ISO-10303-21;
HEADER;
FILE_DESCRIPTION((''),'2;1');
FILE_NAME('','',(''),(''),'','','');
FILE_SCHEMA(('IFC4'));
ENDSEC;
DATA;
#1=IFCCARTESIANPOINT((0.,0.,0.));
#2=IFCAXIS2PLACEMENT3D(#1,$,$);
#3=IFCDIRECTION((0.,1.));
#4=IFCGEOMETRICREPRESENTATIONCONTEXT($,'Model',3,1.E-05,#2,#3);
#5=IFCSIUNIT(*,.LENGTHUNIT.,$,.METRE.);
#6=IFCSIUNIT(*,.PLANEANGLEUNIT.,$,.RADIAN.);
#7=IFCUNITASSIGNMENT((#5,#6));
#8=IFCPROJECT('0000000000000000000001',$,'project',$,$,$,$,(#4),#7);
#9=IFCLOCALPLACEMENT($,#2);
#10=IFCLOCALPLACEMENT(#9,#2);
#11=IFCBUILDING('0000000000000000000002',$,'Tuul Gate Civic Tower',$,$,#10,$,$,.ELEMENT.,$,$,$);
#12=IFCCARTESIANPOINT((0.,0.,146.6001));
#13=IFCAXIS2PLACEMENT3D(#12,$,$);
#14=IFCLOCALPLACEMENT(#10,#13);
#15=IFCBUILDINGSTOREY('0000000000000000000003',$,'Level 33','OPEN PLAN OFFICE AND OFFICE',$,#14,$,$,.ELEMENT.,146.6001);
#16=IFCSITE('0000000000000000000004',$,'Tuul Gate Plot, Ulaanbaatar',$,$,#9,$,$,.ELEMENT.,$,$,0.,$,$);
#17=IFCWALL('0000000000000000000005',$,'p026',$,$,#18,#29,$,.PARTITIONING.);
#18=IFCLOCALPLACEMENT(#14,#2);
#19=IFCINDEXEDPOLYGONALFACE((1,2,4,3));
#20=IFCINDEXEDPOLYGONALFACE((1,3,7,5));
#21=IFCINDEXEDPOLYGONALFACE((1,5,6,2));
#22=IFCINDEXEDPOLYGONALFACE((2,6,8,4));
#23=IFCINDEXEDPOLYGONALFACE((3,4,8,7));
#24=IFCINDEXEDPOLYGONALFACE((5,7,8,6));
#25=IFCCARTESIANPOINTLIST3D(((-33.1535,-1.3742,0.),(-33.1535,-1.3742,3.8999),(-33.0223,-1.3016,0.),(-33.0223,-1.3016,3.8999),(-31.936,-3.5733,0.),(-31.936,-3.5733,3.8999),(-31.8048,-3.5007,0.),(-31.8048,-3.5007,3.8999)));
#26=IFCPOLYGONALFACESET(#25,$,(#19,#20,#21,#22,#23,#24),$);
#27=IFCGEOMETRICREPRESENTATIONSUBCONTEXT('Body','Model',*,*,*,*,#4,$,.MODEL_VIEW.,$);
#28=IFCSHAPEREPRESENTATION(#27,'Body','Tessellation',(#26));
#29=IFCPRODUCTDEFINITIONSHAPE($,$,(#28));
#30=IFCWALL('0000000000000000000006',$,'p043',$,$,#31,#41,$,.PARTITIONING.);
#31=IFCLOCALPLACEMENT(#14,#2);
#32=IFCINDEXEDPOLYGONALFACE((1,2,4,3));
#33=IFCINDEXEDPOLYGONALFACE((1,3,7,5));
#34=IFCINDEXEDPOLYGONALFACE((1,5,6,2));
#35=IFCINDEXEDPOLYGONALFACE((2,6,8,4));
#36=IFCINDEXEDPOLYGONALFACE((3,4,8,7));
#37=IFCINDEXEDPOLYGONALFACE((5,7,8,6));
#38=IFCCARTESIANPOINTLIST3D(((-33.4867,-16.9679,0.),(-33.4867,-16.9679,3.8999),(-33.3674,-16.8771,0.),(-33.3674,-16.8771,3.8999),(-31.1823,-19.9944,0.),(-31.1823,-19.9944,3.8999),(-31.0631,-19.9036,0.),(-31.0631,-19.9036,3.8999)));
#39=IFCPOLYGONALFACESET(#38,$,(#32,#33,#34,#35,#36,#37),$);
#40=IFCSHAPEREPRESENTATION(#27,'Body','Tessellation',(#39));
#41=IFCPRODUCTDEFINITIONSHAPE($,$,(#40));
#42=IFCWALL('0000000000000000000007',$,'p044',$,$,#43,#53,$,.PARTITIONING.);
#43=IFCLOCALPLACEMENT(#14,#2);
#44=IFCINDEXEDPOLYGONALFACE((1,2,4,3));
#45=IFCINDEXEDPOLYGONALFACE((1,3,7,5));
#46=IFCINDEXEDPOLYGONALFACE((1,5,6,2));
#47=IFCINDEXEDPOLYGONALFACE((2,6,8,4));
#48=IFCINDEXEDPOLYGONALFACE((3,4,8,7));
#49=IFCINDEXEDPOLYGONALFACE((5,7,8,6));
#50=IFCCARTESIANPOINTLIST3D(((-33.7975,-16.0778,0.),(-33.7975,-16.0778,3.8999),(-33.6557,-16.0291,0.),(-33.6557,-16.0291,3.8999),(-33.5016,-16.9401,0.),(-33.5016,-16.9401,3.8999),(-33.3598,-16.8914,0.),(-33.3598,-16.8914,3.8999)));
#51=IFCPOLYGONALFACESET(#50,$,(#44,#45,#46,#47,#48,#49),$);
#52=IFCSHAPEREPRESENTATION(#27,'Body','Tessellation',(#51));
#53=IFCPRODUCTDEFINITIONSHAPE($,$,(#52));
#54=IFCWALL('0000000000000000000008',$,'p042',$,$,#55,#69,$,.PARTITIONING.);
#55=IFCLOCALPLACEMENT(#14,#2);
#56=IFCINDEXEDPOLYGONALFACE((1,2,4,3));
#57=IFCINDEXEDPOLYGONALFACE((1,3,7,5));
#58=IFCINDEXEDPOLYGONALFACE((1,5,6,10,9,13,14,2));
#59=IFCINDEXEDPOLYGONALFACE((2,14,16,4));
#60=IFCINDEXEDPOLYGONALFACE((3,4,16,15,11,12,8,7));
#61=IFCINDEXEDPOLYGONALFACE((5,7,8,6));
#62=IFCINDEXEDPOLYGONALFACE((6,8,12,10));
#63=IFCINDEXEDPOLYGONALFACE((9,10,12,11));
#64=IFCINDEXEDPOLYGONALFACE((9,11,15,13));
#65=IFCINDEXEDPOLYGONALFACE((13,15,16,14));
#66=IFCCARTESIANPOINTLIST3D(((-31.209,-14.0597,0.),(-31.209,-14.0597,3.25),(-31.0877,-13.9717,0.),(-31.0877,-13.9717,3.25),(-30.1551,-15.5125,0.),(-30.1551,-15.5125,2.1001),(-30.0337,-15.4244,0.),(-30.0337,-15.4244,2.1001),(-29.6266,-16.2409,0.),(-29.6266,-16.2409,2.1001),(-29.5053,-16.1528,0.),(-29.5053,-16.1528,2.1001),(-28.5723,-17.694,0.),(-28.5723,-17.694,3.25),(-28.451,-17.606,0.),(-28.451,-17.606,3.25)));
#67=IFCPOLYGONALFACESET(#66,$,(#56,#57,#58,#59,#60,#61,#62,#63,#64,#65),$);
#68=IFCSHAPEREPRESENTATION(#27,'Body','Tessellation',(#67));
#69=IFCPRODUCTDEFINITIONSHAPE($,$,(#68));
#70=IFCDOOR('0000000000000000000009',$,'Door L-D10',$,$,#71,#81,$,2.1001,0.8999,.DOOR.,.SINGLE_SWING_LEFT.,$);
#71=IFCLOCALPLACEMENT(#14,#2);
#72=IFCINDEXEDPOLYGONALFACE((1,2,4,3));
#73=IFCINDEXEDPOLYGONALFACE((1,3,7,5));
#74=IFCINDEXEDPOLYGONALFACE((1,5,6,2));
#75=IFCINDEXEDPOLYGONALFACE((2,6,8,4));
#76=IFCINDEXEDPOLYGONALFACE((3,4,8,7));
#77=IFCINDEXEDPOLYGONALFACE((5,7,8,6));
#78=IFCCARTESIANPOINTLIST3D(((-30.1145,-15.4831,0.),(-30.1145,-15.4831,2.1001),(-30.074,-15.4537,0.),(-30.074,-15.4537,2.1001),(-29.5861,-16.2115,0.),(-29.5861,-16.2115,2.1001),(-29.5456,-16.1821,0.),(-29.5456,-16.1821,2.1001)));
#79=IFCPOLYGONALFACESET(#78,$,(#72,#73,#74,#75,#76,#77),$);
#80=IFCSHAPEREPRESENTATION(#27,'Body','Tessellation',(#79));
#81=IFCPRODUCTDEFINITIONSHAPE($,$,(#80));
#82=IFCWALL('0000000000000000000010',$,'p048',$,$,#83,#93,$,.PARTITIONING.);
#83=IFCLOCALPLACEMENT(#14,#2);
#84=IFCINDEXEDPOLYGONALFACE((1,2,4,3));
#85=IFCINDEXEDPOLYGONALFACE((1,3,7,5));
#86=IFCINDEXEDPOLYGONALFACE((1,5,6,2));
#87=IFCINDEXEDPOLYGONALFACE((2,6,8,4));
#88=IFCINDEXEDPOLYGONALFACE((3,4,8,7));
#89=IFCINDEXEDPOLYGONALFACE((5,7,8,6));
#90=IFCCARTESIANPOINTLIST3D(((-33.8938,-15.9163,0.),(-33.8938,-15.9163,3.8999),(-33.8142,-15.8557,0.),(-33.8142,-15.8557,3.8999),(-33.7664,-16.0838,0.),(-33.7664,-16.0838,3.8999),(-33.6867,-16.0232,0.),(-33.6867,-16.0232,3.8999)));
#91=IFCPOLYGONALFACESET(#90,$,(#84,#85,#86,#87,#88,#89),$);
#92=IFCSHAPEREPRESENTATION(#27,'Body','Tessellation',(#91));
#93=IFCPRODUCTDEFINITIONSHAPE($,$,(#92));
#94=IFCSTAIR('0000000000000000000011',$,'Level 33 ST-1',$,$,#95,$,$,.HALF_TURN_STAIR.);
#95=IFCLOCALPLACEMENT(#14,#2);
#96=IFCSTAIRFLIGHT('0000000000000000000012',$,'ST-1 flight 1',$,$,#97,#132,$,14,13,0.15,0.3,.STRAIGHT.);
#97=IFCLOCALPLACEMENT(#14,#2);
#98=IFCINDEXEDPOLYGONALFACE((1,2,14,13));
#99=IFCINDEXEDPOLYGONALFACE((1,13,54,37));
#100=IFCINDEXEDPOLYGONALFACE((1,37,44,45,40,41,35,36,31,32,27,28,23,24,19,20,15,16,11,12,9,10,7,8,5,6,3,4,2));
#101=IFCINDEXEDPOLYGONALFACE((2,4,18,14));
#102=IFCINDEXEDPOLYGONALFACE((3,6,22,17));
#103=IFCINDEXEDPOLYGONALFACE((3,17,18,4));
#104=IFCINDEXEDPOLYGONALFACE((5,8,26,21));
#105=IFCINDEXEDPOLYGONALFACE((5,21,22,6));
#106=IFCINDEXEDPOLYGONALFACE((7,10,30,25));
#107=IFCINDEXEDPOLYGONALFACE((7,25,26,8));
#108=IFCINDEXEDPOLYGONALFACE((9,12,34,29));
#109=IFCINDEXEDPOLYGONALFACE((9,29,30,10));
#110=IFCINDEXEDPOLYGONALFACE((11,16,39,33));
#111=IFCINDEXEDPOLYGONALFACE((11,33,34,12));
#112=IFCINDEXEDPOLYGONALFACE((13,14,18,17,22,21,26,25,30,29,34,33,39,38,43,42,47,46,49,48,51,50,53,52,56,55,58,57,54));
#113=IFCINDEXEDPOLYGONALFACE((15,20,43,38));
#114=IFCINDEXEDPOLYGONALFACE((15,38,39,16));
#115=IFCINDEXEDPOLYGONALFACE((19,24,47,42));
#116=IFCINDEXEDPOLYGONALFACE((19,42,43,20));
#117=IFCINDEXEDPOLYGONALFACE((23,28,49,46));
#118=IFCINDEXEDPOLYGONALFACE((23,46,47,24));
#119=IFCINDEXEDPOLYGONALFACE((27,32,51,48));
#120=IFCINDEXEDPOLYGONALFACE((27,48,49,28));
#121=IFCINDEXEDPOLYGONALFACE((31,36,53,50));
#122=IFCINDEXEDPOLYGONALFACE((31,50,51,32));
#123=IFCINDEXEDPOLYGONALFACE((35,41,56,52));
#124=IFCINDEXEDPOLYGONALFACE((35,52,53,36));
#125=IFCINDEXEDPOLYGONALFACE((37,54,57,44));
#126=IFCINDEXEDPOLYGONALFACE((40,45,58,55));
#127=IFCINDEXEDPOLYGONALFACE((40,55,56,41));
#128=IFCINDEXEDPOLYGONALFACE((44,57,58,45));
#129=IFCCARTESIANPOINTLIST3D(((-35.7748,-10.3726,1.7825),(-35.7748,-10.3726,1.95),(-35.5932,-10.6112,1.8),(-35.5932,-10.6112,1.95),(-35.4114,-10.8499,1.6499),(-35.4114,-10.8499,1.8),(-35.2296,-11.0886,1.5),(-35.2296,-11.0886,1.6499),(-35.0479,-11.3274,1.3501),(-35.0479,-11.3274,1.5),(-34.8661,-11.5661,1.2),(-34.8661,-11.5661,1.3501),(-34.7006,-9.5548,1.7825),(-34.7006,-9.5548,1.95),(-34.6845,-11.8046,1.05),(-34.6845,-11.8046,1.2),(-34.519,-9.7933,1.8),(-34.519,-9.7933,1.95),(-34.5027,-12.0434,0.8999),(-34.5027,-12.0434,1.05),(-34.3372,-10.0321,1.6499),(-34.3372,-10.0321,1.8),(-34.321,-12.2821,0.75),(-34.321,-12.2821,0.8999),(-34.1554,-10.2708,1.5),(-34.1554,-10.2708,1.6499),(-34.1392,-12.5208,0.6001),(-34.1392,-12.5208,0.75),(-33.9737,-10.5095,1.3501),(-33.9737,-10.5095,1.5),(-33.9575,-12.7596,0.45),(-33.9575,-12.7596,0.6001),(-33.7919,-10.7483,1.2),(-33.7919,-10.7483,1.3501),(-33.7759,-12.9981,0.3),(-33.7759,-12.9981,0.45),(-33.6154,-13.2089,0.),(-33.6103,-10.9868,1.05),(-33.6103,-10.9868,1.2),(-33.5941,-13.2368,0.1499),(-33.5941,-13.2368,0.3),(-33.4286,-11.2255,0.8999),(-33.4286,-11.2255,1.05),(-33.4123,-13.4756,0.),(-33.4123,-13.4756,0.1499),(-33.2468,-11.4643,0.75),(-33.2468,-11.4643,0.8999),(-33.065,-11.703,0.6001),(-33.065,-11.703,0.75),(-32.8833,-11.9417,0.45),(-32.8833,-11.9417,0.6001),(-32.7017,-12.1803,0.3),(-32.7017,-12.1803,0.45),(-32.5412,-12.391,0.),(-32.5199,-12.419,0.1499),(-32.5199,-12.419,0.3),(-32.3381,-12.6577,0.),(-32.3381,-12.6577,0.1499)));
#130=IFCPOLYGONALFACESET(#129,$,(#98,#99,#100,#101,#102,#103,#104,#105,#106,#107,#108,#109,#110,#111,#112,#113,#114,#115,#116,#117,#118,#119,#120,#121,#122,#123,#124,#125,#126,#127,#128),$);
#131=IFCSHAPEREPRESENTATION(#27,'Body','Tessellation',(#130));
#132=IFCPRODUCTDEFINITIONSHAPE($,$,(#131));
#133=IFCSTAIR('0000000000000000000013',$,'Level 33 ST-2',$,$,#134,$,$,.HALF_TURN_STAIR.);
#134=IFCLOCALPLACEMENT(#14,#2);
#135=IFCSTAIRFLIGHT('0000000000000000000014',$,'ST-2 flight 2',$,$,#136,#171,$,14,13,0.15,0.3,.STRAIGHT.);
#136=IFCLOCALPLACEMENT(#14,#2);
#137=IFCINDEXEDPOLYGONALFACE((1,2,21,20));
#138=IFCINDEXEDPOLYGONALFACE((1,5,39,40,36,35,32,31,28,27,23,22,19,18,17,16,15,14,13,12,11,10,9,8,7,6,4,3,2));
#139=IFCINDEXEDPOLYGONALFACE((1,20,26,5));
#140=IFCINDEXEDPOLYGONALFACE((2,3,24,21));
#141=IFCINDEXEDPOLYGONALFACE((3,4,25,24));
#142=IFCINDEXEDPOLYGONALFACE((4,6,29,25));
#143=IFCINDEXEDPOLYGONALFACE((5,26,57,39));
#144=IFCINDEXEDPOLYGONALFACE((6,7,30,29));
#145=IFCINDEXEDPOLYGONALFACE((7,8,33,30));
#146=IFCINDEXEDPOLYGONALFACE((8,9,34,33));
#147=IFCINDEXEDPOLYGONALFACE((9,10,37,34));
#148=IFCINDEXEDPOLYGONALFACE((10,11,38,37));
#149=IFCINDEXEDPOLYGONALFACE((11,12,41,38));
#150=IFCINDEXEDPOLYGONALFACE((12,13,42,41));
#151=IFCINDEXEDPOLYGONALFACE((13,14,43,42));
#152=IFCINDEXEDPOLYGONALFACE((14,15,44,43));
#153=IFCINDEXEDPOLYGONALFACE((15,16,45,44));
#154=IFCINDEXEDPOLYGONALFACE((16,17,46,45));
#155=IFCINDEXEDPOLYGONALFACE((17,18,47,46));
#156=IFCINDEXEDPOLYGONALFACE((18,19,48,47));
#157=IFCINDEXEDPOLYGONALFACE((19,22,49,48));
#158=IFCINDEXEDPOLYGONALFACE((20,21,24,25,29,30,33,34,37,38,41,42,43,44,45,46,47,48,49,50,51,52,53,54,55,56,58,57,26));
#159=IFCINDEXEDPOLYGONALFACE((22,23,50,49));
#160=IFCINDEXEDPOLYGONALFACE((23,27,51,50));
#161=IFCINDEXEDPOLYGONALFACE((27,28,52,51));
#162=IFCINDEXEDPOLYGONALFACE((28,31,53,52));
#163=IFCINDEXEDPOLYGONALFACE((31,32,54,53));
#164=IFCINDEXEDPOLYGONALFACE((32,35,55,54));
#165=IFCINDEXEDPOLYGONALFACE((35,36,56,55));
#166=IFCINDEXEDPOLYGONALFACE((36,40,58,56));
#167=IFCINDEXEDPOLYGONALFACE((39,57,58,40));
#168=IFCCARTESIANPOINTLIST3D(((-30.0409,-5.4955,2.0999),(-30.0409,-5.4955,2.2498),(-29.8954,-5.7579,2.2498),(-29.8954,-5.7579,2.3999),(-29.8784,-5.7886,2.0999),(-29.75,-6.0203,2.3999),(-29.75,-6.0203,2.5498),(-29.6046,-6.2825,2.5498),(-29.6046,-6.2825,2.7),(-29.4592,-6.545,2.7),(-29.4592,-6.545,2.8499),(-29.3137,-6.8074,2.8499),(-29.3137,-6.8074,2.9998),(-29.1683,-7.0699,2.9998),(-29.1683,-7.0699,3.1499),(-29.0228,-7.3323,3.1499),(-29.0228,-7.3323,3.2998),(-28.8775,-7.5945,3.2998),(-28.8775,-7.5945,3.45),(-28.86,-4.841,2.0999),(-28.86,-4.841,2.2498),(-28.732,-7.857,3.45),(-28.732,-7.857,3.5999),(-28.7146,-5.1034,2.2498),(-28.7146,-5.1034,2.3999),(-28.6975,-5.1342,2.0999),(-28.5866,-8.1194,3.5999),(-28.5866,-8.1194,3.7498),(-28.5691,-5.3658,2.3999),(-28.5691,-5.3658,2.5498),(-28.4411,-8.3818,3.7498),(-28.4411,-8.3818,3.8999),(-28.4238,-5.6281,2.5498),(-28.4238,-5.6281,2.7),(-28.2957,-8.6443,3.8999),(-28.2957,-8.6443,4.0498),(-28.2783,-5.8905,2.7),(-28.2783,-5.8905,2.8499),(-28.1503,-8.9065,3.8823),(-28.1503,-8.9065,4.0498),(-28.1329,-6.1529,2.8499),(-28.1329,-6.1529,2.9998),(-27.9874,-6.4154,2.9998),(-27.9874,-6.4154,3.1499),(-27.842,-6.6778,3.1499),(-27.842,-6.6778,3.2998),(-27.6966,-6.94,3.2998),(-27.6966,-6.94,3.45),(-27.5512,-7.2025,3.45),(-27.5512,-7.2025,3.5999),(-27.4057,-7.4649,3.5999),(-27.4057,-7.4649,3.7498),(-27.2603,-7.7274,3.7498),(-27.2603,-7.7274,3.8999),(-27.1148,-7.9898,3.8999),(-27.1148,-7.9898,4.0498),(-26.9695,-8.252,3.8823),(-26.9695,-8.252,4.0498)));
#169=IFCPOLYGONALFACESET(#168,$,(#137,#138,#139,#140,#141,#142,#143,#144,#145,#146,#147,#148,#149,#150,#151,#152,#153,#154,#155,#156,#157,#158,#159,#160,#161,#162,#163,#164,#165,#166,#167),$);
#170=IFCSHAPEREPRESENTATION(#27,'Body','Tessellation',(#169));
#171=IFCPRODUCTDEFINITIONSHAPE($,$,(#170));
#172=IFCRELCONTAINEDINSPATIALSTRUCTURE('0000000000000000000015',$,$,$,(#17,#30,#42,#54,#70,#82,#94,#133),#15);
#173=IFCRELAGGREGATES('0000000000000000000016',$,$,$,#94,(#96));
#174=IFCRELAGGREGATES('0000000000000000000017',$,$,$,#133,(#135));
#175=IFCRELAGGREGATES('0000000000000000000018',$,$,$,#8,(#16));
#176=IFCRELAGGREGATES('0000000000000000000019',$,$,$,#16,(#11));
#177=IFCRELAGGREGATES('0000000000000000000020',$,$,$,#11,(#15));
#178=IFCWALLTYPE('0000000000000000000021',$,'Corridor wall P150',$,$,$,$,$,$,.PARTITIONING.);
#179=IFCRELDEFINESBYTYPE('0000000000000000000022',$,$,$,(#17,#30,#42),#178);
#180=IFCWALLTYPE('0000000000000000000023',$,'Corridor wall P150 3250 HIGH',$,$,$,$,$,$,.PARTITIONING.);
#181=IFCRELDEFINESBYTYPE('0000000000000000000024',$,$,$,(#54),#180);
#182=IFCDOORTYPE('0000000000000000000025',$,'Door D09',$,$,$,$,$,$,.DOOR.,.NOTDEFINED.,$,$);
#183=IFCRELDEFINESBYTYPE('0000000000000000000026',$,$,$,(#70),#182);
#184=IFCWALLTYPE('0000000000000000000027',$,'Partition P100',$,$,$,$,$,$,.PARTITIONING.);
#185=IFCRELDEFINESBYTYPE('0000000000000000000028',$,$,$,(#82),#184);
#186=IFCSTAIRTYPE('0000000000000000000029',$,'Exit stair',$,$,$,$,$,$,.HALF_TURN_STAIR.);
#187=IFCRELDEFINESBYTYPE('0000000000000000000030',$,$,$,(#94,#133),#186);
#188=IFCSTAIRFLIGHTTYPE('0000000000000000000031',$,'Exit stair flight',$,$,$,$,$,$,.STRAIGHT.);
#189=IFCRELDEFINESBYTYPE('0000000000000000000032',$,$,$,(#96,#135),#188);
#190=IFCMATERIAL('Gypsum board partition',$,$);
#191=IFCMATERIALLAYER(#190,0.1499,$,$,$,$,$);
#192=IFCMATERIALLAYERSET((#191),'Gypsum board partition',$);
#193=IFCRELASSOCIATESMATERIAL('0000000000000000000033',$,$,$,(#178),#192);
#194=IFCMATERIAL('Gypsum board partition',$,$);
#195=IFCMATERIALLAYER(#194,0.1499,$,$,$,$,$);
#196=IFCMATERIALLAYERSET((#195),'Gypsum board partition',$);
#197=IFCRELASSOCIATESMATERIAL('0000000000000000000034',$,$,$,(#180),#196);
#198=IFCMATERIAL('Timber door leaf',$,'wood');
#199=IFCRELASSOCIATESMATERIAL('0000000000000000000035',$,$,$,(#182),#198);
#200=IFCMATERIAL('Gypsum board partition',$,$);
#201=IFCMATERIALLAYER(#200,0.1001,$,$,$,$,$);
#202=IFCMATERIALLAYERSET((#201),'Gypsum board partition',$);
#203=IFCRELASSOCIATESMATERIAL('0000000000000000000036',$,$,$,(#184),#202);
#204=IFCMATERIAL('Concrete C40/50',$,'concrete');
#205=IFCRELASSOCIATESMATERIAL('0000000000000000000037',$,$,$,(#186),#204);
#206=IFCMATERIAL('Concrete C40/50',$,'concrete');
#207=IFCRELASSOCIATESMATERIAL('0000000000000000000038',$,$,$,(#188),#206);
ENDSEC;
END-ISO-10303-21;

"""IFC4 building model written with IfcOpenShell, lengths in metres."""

from ifc_helpers import new_model, si_unit, direction, frame, frame_2d, origin, place, context, subcontext, project, spatial, polyline, rectangle, outline, extrude, material, layer, layer_set, type_object, element, fill, aggregate, save


model = new_model("IFC4")

# Units and contexts
model_context = context("Model", 3, precision=1e-05, world=origin(), true_north=direction((0.0, 1.0)))
body_context = subcontext(model_context, "Body", "Model", "MODEL_VIEW")
ifc_project = project(units=[si_unit("LENGTHUNIT", "METRE"), si_unit("PLANEANGLEUNIT", "RADIAN")], contexts=[model_context])

# Site, building, storey
site_placement = place(None, origin())
site = spatial("IfcSite", under=ifc_project, at=site_placement, Name="Tuul Gate Plot, Ulaanbaatar", CompositionType="ELEMENT", RefElevation=0.0)
building_placement = place(site_placement, origin())
building = spatial("IfcBuilding", under=site, at=building_placement, Name="Tuul Gate Civic Tower", CompositionType="ELEMENT")
storey_placement = place(building_placement, frame((0.0, 0.0, 146.6001)))
storey = spatial("IfcBuildingStorey", under=building, at=storey_placement, Name="Level 33", Description="OPEN PLAN OFFICE AND OFFICE", CompositionType="ELEMENT", Elevation=146.6001)

# Walls
ifc_material_1 = material(Name="Gypsum board partition")
ifc_layer_1 = layer(ifc_material_1, 0.1499)
ifc_layer_set_1 = layer_set([ifc_layer_1], Name="Gypsum board partition")
wall_type_1 = type_object("IfcWallType", Name="Corridor wall P150", PredefinedType="PARTITIONING", material=ifc_layer_set_1)
wall_1_placement = place(storey_placement, frame((-33.0879, -1.3379, 0.0), z_axis=(0.0, 0.0, 1.0), x_axis=(0.484348, -0.874876, 0.0)))
element("IfcWall", 1, at=wall_1_placement, inside=storey, type_object=wall_type_1, Name="p026", PredefinedType="PARTITIONING", context=body_context, shape_type="SweptSolid", body=[
    extrude(rectangle(XDim=2.5137, YDim=0.1499, at=frame_2d((1.2568, 0.0))), origin(), (0.0, 0.0, 1.0), 3.8999),
])
wall_2_placement = place(storey_placement, frame((-33.427, -16.9226, 0.0), z_axis=(0.0, 0.0, 1.0), x_axis=(0.605786, -0.795628, 0.0)))
element("IfcWall", 2, at=wall_2_placement, inside=storey, type_object=wall_type_1, Name="p043", PredefinedType="PARTITIONING", context=body_context, shape_type="SweptSolid", body=[
    extrude(rectangle(XDim=3.804, YDim=0.1499, at=frame_2d((1.9019, 0.0))), origin(), (0.0, 0.0, 1.0), 3.8999),
])
wall_3_placement = place(storey_placement, frame((-33.7266, -16.0535, 0.0), z_axis=(0.0, 0.0, 1.0), x_axis=(0.324571, -0.945861, 0.0)))
element("IfcWall", 3, at=wall_3_placement, inside=storey, type_object=wall_type_1, Name="p044", PredefinedType="PARTITIONING", context=body_context, shape_type="SweptSolid", body=[
    extrude(rectangle(XDim=0.9116, YDim=0.1499, at=frame_2d((0.4558, 0.0))), origin(), (0.0, 0.0, 1.0), 3.8999),
])

# Wall, opening, door
ifc_material_2 = material(Name="Gypsum board partition")
ifc_layer_2 = layer(ifc_material_2, 0.1499)
ifc_layer_set_2 = layer_set([ifc_layer_2], Name="Gypsum board partition")
wall_type_2 = type_object("IfcWallType", Name="Corridor wall P150 3250 HIGH", PredefinedType="PARTITIONING", material=ifc_layer_set_2)
wall_4_placement = place(storey_placement, frame((-31.1484, -14.0156, 0.0), z_axis=(0.0, 0.0, 1.0), x_axis=(0.58724, -0.809413, 0.0)))
wall_4 = element("IfcWall", 4, at=wall_4_placement, inside=storey, type_object=wall_type_2, Name="p042", PredefinedType="PARTITIONING", context=body_context, shape_type="SweptSolid", body=[
    extrude(rectangle(XDim=4.49, YDim=0.1499, at=frame_2d((2.2451, 0.0))), origin(), (0.0, 0.0, 1.0), 3.25),
])
opening_1_placement = place(wall_4_placement, frame((1.7949, 0.0, 0.0)))
opening_1 = element("IfcOpeningElement", 5, at=opening_1_placement, cuts=wall_4, PredefinedType="OPENING", context=body_context, shape_type="SweptSolid", body=[
    extrude(rectangle(XDim=0.8999, YDim=2.1001, at=frame_2d((0.45, 1.05))), frame((0.0, 0.085, 0.0), z_axis=(0.0, -1.0, 0.0), x_axis=(1.0, 0.0, 0.0)), (0.0, 0.0, 1.0), 0.1699),
])
ifc_material_3 = material(Name="Timber door leaf", Category="wood")
door_type_1 = type_object("IfcDoorType", Name="Door D09", OperationType="NOTDEFINED", PredefinedType="DOOR", material=ifc_material_3)
door_1_placement = place(opening_1_placement, frame((0.8999, 0.0, 0.0), z_axis=(0.0, 0.0, 1.0), x_axis=(-1.0, 0.0, 0.0)))
door_1 = element("IfcDoor", 6, at=door_1_placement, inside=storey, type_object=door_type_1, Name="Door L-D10", OperationType="SINGLE_SWING_LEFT", OverallHeight=2.1001, OverallWidth=0.8999, PredefinedType="DOOR", context=body_context, shape_type="SweptSolid", body=[
    extrude(rectangle(XDim=0.8999, YDim=2.1001, at=frame_2d((0.45, 1.05))), frame((0.0, 0.0249, 0.0), z_axis=(0.0, -1.0, 0.0), x_axis=(1.0, 0.0, 0.0)), (0.0, 0.0, 1.0), 0.05),
])
fill(opening_1, door_1)

# Wall
ifc_material_4 = material(Name="Gypsum board partition")
ifc_layer_3 = layer(ifc_material_4, 0.1001)
ifc_layer_set_3 = layer_set([ifc_layer_3], Name="Gypsum board partition")
wall_type_3 = type_object("IfcWallType", Name="Partition P100", PredefinedType="PARTITIONING", material=ifc_layer_set_3)
wall_5_placement = place(storey_placement, frame((-33.7266, -16.0535, 0.0), z_axis=(0.0, 0.0, 1.0), x_axis=(-0.605554, 0.795804, 0.0)))
element("IfcWall", 7, at=wall_5_placement, inside=storey, type_object=wall_type_3, Name="p048", PredefinedType="PARTITIONING", context=body_context, shape_type="SweptSolid", body=[
    extrude(rectangle(XDim=0.2104, YDim=0.1001, at=frame_2d((0.1052, 0.0))), origin(), (0.0, 0.0, 1.0), 3.8999),
])

# Stairs, stair flights
ifc_material_5 = material(Name="Concrete C40/50", Category="concrete")
stair_type = type_object("IfcStairType", Name="Exit stair", PredefinedType="HALF_TURN_STAIR", material=ifc_material_5)
stair_1_placement = place(storey_placement, origin())
stair_1 = element("IfcStair", 8, at=stair_1_placement, inside=storey, type_object=stair_type, Name="Level 33 ST-1", PredefinedType="HALF_TURN_STAIR")
ifc_material_6 = material(Name="Concrete C40/50", Category="concrete")
stair_flight_type = type_object("IfcStairFlightType", Name="Exit stair flight", PredefinedType="STRAIGHT", material=ifc_material_6)
stair_flight_1_placement = place(storey_placement, frame((-32.8752, -13.0667, 0.0), z_axis=(0.0, 0.0, 1.0), x_axis=(-0.605764, 0.795644, 0.0)))
stair_flight_1 = element("IfcStairFlight", 9, at=stair_flight_1_placement, type_object=stair_flight_type, Name="ST-1 flight 1", NumberOfRisers=14, NumberOfTreads=13, PredefinedType="STRAIGHT", RiserHeight=0.15, TreadLength=0.3, context=body_context, shape_type="SweptSolid", body=[
    extrude(outline(polyline([(0.0, 0.0), (0.0, 0.1499), (0.3, 0.1499), (0.3, 0.3), (0.6001, 0.3), (0.6001, 0.45), (0.8999, 0.45), (0.8999, 0.6001), (1.2, 0.6001), (1.2, 0.75), (1.5, 0.75), (1.5, 0.8999), (1.8, 0.8999), (1.8, 1.05), (2.1001, 1.05), (2.1001, 1.2), (2.3999, 1.2), (2.3999, 1.3501), (2.7, 1.3501), (2.7, 1.5), (3.0, 1.5), (3.0, 1.6499), (3.3, 1.6499), (3.3, 1.8), (3.6001, 1.8), (3.6001, 1.95), (3.8999, 1.95), (3.8999, 2.1001), (3.8999, 1.7825), (0.3352, 0.0), (0.0, 0.0)])), frame((0.0, 0.675, 0.0), z_axis=(0.0, -1.0, 0.0), x_axis=(1.0, 0.0, 0.0)), (0.0, 0.0, 1.0), 1.3501),
])
aggregate(stair_1, [stair_flight_1])
stair_2_placement = place(storey_placement, origin())
stair_2 = element("IfcStair", 10, at=stair_2_placement, inside=storey, type_object=stair_type, Name="Level 33 ST-2", PredefinedType="HALF_TURN_STAIR")
stair_flight_2_placement = place(storey_placement, frame((-29.4504, -5.1682, 2.0999), z_axis=(0.0, 0.0, 1.0), x_axis=(0.484762, -0.874646, 0.0)))
stair_flight_2 = element("IfcStairFlight", 11, at=stair_flight_2_placement, type_object=stair_flight_type, Name="ST-2 flight 2", NumberOfRisers=14, NumberOfTreads=13, PredefinedType="STRAIGHT", RiserHeight=0.15, TreadLength=0.3, context=body_context, shape_type="SweptSolid", body=[
    extrude(outline(polyline([(0.0, 0.0), (0.0, 0.1499), (0.3, 0.1499), (0.3, 0.3), (0.6001, 0.3), (0.6001, 0.45), (0.8999, 0.45), (0.8999, 0.6001), (1.2, 0.6001), (1.2, 0.75), (1.5, 0.75), (1.5, 0.8999), (1.8, 0.8999), (1.8, 1.05), (2.1001, 1.05), (2.1001, 1.2), (2.3999, 1.2), (2.3999, 1.3501), (2.7, 1.3501), (2.7, 1.5), (3.0, 1.5), (3.0, 1.6499), (3.3, 1.6499), (3.3, 1.8), (3.6001, 1.8), (3.6001, 1.95), (3.8999, 1.95), (3.8999, 2.1001), (3.8999, 1.7825), (0.3352, 0.0), (0.0, 0.0)])), frame((0.0, 0.675, 0.0), z_axis=(0.0, -1.0, 0.0), x_axis=(1.0, 0.0, 0.0)), (0.0, 0.0, 1.0), 1.3501),
])
aggregate(stair_2, [stair_flight_2])

save(model, "model.ifc")
